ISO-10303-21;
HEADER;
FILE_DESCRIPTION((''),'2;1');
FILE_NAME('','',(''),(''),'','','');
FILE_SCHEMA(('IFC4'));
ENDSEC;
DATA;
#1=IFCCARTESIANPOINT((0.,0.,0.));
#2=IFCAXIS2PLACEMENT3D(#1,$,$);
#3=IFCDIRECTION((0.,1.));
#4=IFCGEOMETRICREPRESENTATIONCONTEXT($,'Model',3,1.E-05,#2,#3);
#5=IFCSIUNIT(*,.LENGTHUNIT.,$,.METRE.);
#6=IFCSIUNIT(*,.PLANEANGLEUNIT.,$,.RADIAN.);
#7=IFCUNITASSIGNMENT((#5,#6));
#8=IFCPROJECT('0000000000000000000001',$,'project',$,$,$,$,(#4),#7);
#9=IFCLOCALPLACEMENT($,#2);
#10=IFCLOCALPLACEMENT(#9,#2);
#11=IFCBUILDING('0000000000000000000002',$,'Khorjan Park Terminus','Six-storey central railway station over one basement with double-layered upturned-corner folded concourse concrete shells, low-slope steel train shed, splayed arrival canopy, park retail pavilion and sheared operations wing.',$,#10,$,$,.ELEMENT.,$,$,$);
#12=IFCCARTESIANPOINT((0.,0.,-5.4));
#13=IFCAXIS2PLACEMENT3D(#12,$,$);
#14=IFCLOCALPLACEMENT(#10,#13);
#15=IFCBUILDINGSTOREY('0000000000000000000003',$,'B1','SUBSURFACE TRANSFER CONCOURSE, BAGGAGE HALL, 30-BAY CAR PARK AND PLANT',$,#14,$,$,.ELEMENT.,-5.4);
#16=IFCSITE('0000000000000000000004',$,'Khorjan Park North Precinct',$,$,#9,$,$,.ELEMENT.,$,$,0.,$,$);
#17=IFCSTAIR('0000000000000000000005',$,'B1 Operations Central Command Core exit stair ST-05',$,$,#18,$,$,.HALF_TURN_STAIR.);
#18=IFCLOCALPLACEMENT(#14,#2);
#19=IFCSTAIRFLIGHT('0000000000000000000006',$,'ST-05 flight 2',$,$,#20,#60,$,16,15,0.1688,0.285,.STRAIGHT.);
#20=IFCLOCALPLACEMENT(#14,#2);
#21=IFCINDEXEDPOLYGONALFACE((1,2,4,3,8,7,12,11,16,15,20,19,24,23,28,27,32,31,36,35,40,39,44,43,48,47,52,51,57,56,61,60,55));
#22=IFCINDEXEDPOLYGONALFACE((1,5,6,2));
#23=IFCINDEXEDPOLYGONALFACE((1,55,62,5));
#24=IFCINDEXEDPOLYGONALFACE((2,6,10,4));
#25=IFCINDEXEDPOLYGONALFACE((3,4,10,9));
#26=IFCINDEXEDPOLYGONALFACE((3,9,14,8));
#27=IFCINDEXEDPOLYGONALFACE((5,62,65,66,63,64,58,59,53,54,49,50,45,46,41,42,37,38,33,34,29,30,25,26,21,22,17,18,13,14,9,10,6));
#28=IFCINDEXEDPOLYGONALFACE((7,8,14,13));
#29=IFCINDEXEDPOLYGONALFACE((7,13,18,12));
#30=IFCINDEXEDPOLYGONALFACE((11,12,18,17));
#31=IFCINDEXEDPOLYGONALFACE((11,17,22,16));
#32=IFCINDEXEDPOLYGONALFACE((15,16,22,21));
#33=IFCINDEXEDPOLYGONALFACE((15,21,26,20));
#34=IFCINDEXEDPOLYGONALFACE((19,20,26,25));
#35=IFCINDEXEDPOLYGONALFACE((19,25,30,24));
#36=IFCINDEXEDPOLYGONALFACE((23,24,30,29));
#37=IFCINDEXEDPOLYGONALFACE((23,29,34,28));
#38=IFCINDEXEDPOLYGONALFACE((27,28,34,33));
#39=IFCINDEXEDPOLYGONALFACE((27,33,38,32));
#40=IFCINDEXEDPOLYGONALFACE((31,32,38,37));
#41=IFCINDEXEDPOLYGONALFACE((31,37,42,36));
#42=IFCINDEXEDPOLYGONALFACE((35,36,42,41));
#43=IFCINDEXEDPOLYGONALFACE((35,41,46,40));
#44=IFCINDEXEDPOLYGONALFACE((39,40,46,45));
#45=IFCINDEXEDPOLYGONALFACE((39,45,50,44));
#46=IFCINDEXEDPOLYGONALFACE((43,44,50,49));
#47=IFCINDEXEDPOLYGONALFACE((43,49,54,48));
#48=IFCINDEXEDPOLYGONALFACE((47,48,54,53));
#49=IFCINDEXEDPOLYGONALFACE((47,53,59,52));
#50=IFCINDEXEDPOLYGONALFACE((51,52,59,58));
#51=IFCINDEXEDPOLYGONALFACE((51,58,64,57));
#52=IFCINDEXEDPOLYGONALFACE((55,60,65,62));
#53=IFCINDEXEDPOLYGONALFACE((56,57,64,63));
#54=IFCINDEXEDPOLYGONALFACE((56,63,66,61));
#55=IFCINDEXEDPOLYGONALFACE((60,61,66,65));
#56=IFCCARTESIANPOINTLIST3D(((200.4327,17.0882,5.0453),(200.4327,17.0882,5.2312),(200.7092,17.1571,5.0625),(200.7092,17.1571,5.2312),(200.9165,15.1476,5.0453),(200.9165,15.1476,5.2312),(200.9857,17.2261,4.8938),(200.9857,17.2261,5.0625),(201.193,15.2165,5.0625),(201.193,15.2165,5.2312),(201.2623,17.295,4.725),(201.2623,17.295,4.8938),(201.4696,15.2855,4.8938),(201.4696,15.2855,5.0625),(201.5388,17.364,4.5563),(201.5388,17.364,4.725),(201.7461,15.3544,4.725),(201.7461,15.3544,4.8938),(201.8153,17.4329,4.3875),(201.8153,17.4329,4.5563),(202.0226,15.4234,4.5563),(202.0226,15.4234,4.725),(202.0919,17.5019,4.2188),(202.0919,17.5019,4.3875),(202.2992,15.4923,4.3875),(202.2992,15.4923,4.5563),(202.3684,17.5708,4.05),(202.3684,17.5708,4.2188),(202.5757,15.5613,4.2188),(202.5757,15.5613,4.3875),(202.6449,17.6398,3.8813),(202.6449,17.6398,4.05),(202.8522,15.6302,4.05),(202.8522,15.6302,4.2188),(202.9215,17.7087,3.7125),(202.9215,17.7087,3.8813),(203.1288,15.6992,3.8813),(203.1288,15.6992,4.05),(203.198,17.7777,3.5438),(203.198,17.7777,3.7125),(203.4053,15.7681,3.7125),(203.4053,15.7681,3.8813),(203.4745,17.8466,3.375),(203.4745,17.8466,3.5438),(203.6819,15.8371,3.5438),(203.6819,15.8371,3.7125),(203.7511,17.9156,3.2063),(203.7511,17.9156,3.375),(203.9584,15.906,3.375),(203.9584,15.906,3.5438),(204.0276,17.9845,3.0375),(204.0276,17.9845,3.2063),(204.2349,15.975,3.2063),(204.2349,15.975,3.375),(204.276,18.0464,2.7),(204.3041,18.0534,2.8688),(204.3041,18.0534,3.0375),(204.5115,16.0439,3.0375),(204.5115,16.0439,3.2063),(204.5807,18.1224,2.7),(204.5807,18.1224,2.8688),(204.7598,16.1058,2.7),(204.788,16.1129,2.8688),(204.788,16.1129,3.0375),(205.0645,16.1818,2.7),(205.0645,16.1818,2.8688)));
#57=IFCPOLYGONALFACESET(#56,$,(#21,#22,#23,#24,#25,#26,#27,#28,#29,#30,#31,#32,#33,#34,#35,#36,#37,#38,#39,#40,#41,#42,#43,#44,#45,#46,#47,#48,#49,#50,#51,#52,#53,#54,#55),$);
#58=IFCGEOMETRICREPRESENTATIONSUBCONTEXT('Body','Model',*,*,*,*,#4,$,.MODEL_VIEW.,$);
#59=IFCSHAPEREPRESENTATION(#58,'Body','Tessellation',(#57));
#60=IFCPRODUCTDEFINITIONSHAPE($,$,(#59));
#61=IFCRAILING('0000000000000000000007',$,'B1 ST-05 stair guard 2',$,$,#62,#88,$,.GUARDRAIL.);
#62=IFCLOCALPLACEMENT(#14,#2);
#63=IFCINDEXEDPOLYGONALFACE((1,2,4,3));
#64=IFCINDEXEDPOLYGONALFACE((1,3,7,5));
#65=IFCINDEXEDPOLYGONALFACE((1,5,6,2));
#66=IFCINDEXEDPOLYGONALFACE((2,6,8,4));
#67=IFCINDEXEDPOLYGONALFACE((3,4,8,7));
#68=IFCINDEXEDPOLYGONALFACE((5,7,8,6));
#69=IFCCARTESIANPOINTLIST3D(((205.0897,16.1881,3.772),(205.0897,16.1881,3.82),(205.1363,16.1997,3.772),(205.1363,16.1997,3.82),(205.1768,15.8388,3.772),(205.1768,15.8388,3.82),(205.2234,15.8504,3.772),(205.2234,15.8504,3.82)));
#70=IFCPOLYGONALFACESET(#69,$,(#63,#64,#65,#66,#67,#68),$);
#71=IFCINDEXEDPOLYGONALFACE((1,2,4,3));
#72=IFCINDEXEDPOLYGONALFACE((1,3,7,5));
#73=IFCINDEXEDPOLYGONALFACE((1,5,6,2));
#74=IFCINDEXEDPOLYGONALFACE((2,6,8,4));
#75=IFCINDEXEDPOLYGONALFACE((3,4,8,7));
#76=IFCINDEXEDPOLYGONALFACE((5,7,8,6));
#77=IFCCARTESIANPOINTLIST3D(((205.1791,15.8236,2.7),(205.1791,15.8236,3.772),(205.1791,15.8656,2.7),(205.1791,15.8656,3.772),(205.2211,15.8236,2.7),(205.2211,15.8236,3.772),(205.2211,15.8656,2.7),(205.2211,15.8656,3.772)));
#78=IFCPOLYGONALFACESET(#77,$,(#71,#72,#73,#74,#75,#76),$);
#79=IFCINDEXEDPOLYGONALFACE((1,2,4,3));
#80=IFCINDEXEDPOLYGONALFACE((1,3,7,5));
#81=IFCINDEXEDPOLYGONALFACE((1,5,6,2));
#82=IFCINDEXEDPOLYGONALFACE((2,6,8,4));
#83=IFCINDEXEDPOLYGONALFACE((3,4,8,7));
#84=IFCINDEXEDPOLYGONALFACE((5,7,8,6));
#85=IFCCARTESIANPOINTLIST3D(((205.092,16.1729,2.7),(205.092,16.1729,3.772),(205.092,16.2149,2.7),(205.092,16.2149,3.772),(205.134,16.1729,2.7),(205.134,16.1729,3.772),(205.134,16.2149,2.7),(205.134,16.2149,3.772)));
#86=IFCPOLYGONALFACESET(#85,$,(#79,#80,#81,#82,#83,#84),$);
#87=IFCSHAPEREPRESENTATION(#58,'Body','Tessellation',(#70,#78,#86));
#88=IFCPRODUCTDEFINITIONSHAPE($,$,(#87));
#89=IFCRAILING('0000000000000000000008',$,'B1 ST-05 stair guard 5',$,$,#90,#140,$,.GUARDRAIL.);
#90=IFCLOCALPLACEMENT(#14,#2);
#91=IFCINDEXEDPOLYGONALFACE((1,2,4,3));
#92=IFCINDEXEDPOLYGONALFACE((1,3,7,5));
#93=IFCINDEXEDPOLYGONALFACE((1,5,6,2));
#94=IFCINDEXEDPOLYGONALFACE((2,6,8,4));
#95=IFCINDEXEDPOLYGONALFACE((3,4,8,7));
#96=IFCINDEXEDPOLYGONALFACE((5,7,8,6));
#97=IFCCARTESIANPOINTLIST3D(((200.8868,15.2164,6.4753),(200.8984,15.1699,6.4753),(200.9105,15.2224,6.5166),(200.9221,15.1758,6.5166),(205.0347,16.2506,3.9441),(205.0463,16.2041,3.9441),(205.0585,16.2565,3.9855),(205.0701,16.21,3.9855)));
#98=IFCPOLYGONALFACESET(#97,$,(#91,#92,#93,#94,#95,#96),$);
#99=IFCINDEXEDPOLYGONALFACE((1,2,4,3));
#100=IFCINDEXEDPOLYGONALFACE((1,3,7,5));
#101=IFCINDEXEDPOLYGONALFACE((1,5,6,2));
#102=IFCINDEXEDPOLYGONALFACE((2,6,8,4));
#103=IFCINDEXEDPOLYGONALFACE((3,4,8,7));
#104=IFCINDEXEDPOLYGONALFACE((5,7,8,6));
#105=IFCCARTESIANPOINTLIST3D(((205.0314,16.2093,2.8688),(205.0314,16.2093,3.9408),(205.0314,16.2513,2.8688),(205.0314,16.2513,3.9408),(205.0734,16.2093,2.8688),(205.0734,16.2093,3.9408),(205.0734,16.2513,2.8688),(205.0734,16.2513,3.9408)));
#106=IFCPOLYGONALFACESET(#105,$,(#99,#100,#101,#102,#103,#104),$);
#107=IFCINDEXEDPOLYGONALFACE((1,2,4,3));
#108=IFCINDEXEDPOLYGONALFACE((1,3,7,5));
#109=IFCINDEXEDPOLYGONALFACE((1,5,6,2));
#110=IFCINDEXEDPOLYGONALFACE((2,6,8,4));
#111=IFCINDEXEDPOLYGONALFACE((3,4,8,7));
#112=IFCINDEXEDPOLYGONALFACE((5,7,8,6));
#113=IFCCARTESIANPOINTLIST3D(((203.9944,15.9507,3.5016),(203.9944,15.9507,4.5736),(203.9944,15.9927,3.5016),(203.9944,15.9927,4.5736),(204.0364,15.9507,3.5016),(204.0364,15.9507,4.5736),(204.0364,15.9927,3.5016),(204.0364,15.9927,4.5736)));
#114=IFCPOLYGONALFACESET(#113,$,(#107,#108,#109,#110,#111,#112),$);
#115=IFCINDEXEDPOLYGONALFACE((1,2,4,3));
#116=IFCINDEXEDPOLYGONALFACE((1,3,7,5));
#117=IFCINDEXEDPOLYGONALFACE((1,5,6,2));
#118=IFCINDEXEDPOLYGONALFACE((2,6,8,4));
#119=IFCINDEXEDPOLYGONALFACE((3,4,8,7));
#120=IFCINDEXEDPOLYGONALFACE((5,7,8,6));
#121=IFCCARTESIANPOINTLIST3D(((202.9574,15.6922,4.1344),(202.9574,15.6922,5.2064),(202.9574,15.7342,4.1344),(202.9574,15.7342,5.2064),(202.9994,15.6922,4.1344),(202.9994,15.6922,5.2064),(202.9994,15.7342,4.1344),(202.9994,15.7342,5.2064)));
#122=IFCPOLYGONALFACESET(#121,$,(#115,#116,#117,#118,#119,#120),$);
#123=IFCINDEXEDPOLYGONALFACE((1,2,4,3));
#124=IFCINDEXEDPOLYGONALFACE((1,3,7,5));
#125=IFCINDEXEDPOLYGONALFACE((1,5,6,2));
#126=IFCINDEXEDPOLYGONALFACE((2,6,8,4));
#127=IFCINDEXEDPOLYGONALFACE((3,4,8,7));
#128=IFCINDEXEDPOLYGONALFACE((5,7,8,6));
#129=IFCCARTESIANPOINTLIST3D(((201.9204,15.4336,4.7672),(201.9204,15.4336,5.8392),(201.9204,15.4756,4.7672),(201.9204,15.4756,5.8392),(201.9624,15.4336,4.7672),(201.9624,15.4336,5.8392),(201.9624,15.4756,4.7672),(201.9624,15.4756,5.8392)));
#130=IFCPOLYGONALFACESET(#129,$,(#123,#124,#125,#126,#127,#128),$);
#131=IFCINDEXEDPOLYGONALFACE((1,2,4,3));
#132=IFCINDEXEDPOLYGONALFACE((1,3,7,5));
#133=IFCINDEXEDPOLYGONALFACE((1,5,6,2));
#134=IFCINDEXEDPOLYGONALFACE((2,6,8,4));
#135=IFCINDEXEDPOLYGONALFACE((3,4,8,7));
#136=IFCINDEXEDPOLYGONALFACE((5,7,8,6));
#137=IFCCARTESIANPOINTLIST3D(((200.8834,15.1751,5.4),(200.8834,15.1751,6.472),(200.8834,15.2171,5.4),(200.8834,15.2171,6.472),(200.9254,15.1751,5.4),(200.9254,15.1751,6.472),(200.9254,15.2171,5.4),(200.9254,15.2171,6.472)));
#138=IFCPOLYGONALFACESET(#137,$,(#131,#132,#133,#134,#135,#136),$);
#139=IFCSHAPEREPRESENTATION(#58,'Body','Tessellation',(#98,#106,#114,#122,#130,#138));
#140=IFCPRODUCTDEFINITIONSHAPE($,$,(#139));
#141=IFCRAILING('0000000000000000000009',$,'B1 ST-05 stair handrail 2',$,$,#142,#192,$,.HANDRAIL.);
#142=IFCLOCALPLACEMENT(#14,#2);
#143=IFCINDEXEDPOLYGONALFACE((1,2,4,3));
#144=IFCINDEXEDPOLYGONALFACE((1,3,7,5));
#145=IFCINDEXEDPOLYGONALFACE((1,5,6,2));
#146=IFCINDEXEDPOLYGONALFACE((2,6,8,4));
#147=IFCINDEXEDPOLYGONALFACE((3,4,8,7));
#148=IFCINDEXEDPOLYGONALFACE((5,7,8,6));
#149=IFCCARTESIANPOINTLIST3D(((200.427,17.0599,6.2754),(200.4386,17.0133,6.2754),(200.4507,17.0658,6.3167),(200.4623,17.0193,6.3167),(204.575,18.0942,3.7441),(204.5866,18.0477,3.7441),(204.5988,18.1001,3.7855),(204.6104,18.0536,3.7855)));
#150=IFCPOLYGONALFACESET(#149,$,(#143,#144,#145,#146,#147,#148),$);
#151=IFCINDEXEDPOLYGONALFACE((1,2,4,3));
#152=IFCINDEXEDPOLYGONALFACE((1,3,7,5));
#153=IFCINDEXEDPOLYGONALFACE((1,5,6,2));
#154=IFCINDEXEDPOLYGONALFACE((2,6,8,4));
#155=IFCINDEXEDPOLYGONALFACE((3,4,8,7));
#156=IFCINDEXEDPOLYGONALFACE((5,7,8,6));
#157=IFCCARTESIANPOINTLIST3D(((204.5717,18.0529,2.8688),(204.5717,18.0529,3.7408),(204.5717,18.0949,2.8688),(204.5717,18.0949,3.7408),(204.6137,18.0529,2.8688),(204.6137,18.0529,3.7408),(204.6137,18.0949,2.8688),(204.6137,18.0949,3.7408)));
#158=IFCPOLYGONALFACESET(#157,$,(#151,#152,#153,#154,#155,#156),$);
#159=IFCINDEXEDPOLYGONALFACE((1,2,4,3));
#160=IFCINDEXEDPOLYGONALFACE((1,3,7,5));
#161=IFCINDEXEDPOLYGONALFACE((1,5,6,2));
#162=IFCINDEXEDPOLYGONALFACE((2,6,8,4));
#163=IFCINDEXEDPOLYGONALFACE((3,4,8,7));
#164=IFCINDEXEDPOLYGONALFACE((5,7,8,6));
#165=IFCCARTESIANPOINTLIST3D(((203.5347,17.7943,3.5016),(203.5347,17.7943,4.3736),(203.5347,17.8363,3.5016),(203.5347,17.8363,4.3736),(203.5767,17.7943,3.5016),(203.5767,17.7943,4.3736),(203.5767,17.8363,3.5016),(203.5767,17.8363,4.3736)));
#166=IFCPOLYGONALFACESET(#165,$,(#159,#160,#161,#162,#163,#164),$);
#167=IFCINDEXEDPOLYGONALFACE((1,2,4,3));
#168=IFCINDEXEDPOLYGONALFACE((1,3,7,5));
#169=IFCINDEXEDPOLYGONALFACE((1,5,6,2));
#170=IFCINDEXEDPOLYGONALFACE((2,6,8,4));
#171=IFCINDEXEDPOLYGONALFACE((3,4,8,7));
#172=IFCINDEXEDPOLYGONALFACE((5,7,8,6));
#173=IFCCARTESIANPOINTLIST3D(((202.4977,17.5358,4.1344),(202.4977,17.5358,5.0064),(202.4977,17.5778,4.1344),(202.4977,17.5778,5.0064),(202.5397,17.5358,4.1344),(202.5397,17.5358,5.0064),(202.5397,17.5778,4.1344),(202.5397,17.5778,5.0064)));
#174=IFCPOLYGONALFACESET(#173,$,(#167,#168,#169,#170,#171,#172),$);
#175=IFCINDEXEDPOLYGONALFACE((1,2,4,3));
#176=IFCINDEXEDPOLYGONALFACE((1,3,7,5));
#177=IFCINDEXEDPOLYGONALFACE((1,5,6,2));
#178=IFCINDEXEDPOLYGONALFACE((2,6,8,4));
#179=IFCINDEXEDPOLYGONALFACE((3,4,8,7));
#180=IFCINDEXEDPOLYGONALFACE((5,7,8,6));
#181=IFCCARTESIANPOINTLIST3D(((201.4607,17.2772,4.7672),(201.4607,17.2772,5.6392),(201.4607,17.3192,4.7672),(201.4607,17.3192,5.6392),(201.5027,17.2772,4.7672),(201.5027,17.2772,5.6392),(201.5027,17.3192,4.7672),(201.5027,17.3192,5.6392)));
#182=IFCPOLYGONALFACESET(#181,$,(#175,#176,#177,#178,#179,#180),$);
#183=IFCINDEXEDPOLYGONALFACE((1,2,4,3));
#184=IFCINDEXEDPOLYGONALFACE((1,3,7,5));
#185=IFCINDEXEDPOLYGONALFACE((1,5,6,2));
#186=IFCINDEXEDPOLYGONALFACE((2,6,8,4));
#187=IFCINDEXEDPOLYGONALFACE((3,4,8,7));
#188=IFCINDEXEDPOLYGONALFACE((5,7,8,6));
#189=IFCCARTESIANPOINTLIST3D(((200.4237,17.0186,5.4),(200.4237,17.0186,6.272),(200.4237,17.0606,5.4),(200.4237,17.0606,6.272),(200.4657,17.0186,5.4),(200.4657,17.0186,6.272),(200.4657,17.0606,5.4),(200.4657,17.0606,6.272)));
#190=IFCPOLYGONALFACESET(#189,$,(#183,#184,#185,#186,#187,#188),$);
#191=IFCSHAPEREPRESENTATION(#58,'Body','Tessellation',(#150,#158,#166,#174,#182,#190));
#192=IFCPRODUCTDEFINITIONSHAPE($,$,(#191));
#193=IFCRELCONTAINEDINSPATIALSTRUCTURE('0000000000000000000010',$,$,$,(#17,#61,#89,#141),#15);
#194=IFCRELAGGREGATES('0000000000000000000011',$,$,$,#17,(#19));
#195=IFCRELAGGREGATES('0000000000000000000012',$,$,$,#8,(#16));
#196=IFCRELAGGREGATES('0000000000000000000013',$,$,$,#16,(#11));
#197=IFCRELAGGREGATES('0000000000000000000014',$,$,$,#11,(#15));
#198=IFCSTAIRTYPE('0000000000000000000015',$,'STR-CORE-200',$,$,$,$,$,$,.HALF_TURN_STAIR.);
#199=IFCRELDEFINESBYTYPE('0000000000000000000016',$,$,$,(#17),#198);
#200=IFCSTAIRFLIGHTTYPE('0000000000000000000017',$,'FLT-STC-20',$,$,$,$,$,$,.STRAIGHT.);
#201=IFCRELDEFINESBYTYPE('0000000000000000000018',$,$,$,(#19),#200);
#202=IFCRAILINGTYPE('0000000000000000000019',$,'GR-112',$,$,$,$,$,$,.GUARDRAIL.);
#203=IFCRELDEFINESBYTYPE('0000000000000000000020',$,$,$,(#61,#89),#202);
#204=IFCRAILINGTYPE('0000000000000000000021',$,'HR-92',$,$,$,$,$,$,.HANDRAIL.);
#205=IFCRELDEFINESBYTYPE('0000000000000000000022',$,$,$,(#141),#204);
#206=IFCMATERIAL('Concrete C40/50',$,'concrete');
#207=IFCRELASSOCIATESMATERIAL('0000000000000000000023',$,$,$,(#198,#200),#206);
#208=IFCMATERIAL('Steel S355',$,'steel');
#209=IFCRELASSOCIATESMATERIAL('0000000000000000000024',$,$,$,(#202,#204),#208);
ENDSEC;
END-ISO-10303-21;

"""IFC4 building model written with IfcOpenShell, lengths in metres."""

from ifc_helpers import new_model, si_unit, direction, frame, origin, origin_2d, place, context, subcontext, project, spatial, polyline, rectangle, outline, extrude, material, type_object, element, aggregate, save


model = new_model("IFC4")

# Units and contexts
model_context = context("Model", 3, precision=1e-05, world=origin(), true_north=direction((0.0, 1.0)))
body_context = subcontext(model_context, "Body", "Model", "MODEL_VIEW")
ifc_project = project(units=[si_unit("LENGTHUNIT", "METRE"), si_unit("PLANEANGLEUNIT", "RADIAN")], contexts=[model_context])

# Site, building, storey
site_placement = place(None, origin())
site = spatial("IfcSite", under=ifc_project, at=site_placement, Name="Khorjan Park North Precinct", CompositionType="ELEMENT", RefElevation=0.0)
building_placement = place(site_placement, origin())
building = spatial("IfcBuilding", under=site, at=building_placement, Name="Khorjan Park Terminus", Description="Six-storey central railway station over one basement with double-layered upturned-corner folded concourse concrete shells, low-slope steel train shed, splayed arrival canopy, park retail pavilion and sheared operations wing.", CompositionType="ELEMENT")
storey_placement = place(building_placement, frame((0.0, 0.0, -5.4)))
storey = spatial("IfcBuildingStorey", under=building, at=storey_placement, Name="B1", Description="SUBSURFACE TRANSFER CONCOURSE, BAGGAGE HALL, 30-BAY CAR PARK AND PLANT", CompositionType="ELEMENT", Elevation=-5.4)

# Shared definitions
ifc_material_1 = material(Name="Concrete C40/50", Category="concrete")

# Stair, stair flight
stair_type = type_object("IfcStairType", Name="STR-CORE-200", PredefinedType="HALF_TURN_STAIR", material=ifc_material_1)
stair_placement = place(storey_placement, origin())
stair = element("IfcStair", 1, at=stair_placement, inside=storey, type_object=stair_type, Name="B1 Operations Central Command Core exit stair ST-05", PredefinedType="HALF_TURN_STAIR")
stair_flight_type = type_object("IfcStairFlightType", Name="FLT-STC-20", PredefinedType="STRAIGHT", material=ifc_material_1)
stair_flight_placement = place(storey_placement, frame((204.8226, 17.1521, 2.7), z_axis=(0.0, 0.0, 1.0), x_axis=(-0.970296, -0.241922, 0.0)))
stair_flight = element("IfcStairFlight", 2, at=stair_flight_placement, type_object=stair_flight_type, Name="ST-05 flight 2", NumberOfRisers=16, NumberOfTreads=15, PredefinedType="STRAIGHT", RiserHeight=0.1688, TreadLength=0.285, context=body_context, shape_type="SweptSolid", body=[
    extrude(outline(polyline([(0.0, 0.0), (0.0, 0.1688), (0.285, 0.1688), (0.285, 0.3375), (0.57, 0.3375), (0.57, 0.5063), (0.855, 0.5063), (0.855, 0.675), (1.14, 0.675), (1.14, 0.8438), (1.425, 0.8438), (1.425, 1.0125), (1.71, 1.0125), (1.71, 1.1813), (1.995, 1.1813), (1.995, 1.35), (2.28, 1.35), (2.28, 1.5188), (2.565, 1.5188), (2.565, 1.6875), (2.85, 1.6875), (2.85, 1.8563), (3.135, 1.8563), (3.135, 2.025), (3.42, 2.025), (3.42, 2.1938), (3.705, 2.1938), (3.705, 2.3625), (3.99, 2.3625), (3.99, 2.5312), (4.275, 2.5312), (4.275, 2.7), (4.275, 2.3453), (0.314, 0.0), (0.0, 0.0)])), frame((0.0, 1.0, 0.0), z_axis=(0.0, -1.0, 0.0), x_axis=(1.0, 0.0, 0.0)), (0.0, 0.0, 1.0), 2.0),
])
aggregate(stair, [stair_flight])

# Railings
ifc_material_2 = material(Name="Steel S355", Category="steel")
railing_type_1 = type_object("IfcRailingType", Name="GR-112", PredefinedType="GUARDRAIL", material=ifc_material_2)
railing_1_placement = place(storey_placement, frame((205.2001, 15.8446, 2.7)))
element("IfcRailing", 3, at=railing_1_placement, inside=storey, type_object=railing_type_1, Name="B1 ST-05 stair guard 2", PredefinedType="GUARDRAIL", context=body_context, shape_type="SweptSolid", body=[
    extrude(rectangle(XDim=0.048, YDim=0.048, at=origin_2d()), frame((0.0, 0.0, 1.096), z_axis=(-0.241947, 0.970289, 0.0), x_axis=(-0.970289, -0.241947, 0.0)), (0.0, 0.0, 1.0), 0.36),
    extrude(rectangle(XDim=0.042, YDim=0.042, at=origin_2d()), origin(), (0.0, 0.0, 1.0), 1.072),
    extrude(rectangle(XDim=0.042, YDim=0.042, at=origin_2d()), frame((-0.0871, 0.3493, 0.0)), (0.0, 0.0, 1.0), 1.072),
])
railing_2_placement = place(storey_placement, frame((205.0524, 16.2303, 2.8688)))
element("IfcRailing", 4, at=railing_2_placement, inside=storey, type_object=railing_type_1, Name="B1 ST-05 stair guard 5", PredefinedType="GUARDRAIL", context=body_context, shape_type="SweptSolid", body=[
    extrude(rectangle(XDim=0.048, YDim=0.048, at=origin_2d()), frame((0.0, 0.0, 1.096), z_axis=(-0.83492, -0.208166, 0.509486), x_axis=(0.241919, -0.970296, 0.0)), (0.0, 0.0, 1.0), 4.9681),
    extrude(rectangle(XDim=0.042, YDim=0.042, at=origin_2d()), origin(), (0.0, 0.0, 1.0), 1.072),
    extrude(rectangle(XDim=0.042, YDim=0.042, at=origin_2d()), frame((-1.037, -0.2586, 0.6328)), (0.0, 0.0, 1.0), 1.072),
    extrude(rectangle(XDim=0.042, YDim=0.042, at=origin_2d()), frame((-2.074, -0.5171, 1.2656)), (0.0, 0.0, 1.0), 1.072),
    extrude(rectangle(XDim=0.042, YDim=0.042, at=origin_2d()), frame((-3.111, -0.7757, 1.8984)), (0.0, 0.0, 1.0), 1.072),
    extrude(rectangle(XDim=0.042, YDim=0.042, at=origin_2d()), frame((-4.148, -1.0342, 2.5312)), (0.0, 0.0, 1.0), 1.072),
])
railing_type_2 = type_object("IfcRailingType", Name="HR-92", PredefinedType="HANDRAIL", material=ifc_material_2)
railing_3_placement = place(storey_placement, frame((204.5927, 18.0739, 2.8688)))
element("IfcRailing", 5, at=railing_3_placement, inside=storey, type_object=railing_type_2, Name="B1 ST-05 stair handrail 2", PredefinedType="HANDRAIL", context=body_context, shape_type="SweptSolid", body=[
    extrude(rectangle(XDim=0.048, YDim=0.048, at=origin_2d()), frame((0.0, 0.0, 0.896), z_axis=(-0.834916, -0.208186, 0.509484), x_axis=(0.241941, -0.970291, 0.0)), (0.0, 0.0, 1.0), 4.9682),
    extrude(rectangle(XDim=0.042, YDim=0.042, at=origin_2d()), origin(), (0.0, 0.0, 1.0), 0.872),
    extrude(rectangle(XDim=0.042, YDim=0.042, at=origin_2d()), frame((-1.037, -0.2586, 0.6328)), (0.0, 0.0, 1.0), 0.872),
    extrude(rectangle(XDim=0.042, YDim=0.042, at=origin_2d()), frame((-2.074, -0.5171, 1.2656)), (0.0, 0.0, 1.0), 0.872),
    extrude(rectangle(XDim=0.042, YDim=0.042, at=origin_2d()), frame((-3.111, -0.7757, 1.8984)), (0.0, 0.0, 1.0), 0.872),
    extrude(rectangle(XDim=0.042, YDim=0.042, at=origin_2d()), frame((-4.148, -1.0343, 2.5312)), (0.0, 0.0, 1.0), 0.872),
])

save(model, "model.ifc")
